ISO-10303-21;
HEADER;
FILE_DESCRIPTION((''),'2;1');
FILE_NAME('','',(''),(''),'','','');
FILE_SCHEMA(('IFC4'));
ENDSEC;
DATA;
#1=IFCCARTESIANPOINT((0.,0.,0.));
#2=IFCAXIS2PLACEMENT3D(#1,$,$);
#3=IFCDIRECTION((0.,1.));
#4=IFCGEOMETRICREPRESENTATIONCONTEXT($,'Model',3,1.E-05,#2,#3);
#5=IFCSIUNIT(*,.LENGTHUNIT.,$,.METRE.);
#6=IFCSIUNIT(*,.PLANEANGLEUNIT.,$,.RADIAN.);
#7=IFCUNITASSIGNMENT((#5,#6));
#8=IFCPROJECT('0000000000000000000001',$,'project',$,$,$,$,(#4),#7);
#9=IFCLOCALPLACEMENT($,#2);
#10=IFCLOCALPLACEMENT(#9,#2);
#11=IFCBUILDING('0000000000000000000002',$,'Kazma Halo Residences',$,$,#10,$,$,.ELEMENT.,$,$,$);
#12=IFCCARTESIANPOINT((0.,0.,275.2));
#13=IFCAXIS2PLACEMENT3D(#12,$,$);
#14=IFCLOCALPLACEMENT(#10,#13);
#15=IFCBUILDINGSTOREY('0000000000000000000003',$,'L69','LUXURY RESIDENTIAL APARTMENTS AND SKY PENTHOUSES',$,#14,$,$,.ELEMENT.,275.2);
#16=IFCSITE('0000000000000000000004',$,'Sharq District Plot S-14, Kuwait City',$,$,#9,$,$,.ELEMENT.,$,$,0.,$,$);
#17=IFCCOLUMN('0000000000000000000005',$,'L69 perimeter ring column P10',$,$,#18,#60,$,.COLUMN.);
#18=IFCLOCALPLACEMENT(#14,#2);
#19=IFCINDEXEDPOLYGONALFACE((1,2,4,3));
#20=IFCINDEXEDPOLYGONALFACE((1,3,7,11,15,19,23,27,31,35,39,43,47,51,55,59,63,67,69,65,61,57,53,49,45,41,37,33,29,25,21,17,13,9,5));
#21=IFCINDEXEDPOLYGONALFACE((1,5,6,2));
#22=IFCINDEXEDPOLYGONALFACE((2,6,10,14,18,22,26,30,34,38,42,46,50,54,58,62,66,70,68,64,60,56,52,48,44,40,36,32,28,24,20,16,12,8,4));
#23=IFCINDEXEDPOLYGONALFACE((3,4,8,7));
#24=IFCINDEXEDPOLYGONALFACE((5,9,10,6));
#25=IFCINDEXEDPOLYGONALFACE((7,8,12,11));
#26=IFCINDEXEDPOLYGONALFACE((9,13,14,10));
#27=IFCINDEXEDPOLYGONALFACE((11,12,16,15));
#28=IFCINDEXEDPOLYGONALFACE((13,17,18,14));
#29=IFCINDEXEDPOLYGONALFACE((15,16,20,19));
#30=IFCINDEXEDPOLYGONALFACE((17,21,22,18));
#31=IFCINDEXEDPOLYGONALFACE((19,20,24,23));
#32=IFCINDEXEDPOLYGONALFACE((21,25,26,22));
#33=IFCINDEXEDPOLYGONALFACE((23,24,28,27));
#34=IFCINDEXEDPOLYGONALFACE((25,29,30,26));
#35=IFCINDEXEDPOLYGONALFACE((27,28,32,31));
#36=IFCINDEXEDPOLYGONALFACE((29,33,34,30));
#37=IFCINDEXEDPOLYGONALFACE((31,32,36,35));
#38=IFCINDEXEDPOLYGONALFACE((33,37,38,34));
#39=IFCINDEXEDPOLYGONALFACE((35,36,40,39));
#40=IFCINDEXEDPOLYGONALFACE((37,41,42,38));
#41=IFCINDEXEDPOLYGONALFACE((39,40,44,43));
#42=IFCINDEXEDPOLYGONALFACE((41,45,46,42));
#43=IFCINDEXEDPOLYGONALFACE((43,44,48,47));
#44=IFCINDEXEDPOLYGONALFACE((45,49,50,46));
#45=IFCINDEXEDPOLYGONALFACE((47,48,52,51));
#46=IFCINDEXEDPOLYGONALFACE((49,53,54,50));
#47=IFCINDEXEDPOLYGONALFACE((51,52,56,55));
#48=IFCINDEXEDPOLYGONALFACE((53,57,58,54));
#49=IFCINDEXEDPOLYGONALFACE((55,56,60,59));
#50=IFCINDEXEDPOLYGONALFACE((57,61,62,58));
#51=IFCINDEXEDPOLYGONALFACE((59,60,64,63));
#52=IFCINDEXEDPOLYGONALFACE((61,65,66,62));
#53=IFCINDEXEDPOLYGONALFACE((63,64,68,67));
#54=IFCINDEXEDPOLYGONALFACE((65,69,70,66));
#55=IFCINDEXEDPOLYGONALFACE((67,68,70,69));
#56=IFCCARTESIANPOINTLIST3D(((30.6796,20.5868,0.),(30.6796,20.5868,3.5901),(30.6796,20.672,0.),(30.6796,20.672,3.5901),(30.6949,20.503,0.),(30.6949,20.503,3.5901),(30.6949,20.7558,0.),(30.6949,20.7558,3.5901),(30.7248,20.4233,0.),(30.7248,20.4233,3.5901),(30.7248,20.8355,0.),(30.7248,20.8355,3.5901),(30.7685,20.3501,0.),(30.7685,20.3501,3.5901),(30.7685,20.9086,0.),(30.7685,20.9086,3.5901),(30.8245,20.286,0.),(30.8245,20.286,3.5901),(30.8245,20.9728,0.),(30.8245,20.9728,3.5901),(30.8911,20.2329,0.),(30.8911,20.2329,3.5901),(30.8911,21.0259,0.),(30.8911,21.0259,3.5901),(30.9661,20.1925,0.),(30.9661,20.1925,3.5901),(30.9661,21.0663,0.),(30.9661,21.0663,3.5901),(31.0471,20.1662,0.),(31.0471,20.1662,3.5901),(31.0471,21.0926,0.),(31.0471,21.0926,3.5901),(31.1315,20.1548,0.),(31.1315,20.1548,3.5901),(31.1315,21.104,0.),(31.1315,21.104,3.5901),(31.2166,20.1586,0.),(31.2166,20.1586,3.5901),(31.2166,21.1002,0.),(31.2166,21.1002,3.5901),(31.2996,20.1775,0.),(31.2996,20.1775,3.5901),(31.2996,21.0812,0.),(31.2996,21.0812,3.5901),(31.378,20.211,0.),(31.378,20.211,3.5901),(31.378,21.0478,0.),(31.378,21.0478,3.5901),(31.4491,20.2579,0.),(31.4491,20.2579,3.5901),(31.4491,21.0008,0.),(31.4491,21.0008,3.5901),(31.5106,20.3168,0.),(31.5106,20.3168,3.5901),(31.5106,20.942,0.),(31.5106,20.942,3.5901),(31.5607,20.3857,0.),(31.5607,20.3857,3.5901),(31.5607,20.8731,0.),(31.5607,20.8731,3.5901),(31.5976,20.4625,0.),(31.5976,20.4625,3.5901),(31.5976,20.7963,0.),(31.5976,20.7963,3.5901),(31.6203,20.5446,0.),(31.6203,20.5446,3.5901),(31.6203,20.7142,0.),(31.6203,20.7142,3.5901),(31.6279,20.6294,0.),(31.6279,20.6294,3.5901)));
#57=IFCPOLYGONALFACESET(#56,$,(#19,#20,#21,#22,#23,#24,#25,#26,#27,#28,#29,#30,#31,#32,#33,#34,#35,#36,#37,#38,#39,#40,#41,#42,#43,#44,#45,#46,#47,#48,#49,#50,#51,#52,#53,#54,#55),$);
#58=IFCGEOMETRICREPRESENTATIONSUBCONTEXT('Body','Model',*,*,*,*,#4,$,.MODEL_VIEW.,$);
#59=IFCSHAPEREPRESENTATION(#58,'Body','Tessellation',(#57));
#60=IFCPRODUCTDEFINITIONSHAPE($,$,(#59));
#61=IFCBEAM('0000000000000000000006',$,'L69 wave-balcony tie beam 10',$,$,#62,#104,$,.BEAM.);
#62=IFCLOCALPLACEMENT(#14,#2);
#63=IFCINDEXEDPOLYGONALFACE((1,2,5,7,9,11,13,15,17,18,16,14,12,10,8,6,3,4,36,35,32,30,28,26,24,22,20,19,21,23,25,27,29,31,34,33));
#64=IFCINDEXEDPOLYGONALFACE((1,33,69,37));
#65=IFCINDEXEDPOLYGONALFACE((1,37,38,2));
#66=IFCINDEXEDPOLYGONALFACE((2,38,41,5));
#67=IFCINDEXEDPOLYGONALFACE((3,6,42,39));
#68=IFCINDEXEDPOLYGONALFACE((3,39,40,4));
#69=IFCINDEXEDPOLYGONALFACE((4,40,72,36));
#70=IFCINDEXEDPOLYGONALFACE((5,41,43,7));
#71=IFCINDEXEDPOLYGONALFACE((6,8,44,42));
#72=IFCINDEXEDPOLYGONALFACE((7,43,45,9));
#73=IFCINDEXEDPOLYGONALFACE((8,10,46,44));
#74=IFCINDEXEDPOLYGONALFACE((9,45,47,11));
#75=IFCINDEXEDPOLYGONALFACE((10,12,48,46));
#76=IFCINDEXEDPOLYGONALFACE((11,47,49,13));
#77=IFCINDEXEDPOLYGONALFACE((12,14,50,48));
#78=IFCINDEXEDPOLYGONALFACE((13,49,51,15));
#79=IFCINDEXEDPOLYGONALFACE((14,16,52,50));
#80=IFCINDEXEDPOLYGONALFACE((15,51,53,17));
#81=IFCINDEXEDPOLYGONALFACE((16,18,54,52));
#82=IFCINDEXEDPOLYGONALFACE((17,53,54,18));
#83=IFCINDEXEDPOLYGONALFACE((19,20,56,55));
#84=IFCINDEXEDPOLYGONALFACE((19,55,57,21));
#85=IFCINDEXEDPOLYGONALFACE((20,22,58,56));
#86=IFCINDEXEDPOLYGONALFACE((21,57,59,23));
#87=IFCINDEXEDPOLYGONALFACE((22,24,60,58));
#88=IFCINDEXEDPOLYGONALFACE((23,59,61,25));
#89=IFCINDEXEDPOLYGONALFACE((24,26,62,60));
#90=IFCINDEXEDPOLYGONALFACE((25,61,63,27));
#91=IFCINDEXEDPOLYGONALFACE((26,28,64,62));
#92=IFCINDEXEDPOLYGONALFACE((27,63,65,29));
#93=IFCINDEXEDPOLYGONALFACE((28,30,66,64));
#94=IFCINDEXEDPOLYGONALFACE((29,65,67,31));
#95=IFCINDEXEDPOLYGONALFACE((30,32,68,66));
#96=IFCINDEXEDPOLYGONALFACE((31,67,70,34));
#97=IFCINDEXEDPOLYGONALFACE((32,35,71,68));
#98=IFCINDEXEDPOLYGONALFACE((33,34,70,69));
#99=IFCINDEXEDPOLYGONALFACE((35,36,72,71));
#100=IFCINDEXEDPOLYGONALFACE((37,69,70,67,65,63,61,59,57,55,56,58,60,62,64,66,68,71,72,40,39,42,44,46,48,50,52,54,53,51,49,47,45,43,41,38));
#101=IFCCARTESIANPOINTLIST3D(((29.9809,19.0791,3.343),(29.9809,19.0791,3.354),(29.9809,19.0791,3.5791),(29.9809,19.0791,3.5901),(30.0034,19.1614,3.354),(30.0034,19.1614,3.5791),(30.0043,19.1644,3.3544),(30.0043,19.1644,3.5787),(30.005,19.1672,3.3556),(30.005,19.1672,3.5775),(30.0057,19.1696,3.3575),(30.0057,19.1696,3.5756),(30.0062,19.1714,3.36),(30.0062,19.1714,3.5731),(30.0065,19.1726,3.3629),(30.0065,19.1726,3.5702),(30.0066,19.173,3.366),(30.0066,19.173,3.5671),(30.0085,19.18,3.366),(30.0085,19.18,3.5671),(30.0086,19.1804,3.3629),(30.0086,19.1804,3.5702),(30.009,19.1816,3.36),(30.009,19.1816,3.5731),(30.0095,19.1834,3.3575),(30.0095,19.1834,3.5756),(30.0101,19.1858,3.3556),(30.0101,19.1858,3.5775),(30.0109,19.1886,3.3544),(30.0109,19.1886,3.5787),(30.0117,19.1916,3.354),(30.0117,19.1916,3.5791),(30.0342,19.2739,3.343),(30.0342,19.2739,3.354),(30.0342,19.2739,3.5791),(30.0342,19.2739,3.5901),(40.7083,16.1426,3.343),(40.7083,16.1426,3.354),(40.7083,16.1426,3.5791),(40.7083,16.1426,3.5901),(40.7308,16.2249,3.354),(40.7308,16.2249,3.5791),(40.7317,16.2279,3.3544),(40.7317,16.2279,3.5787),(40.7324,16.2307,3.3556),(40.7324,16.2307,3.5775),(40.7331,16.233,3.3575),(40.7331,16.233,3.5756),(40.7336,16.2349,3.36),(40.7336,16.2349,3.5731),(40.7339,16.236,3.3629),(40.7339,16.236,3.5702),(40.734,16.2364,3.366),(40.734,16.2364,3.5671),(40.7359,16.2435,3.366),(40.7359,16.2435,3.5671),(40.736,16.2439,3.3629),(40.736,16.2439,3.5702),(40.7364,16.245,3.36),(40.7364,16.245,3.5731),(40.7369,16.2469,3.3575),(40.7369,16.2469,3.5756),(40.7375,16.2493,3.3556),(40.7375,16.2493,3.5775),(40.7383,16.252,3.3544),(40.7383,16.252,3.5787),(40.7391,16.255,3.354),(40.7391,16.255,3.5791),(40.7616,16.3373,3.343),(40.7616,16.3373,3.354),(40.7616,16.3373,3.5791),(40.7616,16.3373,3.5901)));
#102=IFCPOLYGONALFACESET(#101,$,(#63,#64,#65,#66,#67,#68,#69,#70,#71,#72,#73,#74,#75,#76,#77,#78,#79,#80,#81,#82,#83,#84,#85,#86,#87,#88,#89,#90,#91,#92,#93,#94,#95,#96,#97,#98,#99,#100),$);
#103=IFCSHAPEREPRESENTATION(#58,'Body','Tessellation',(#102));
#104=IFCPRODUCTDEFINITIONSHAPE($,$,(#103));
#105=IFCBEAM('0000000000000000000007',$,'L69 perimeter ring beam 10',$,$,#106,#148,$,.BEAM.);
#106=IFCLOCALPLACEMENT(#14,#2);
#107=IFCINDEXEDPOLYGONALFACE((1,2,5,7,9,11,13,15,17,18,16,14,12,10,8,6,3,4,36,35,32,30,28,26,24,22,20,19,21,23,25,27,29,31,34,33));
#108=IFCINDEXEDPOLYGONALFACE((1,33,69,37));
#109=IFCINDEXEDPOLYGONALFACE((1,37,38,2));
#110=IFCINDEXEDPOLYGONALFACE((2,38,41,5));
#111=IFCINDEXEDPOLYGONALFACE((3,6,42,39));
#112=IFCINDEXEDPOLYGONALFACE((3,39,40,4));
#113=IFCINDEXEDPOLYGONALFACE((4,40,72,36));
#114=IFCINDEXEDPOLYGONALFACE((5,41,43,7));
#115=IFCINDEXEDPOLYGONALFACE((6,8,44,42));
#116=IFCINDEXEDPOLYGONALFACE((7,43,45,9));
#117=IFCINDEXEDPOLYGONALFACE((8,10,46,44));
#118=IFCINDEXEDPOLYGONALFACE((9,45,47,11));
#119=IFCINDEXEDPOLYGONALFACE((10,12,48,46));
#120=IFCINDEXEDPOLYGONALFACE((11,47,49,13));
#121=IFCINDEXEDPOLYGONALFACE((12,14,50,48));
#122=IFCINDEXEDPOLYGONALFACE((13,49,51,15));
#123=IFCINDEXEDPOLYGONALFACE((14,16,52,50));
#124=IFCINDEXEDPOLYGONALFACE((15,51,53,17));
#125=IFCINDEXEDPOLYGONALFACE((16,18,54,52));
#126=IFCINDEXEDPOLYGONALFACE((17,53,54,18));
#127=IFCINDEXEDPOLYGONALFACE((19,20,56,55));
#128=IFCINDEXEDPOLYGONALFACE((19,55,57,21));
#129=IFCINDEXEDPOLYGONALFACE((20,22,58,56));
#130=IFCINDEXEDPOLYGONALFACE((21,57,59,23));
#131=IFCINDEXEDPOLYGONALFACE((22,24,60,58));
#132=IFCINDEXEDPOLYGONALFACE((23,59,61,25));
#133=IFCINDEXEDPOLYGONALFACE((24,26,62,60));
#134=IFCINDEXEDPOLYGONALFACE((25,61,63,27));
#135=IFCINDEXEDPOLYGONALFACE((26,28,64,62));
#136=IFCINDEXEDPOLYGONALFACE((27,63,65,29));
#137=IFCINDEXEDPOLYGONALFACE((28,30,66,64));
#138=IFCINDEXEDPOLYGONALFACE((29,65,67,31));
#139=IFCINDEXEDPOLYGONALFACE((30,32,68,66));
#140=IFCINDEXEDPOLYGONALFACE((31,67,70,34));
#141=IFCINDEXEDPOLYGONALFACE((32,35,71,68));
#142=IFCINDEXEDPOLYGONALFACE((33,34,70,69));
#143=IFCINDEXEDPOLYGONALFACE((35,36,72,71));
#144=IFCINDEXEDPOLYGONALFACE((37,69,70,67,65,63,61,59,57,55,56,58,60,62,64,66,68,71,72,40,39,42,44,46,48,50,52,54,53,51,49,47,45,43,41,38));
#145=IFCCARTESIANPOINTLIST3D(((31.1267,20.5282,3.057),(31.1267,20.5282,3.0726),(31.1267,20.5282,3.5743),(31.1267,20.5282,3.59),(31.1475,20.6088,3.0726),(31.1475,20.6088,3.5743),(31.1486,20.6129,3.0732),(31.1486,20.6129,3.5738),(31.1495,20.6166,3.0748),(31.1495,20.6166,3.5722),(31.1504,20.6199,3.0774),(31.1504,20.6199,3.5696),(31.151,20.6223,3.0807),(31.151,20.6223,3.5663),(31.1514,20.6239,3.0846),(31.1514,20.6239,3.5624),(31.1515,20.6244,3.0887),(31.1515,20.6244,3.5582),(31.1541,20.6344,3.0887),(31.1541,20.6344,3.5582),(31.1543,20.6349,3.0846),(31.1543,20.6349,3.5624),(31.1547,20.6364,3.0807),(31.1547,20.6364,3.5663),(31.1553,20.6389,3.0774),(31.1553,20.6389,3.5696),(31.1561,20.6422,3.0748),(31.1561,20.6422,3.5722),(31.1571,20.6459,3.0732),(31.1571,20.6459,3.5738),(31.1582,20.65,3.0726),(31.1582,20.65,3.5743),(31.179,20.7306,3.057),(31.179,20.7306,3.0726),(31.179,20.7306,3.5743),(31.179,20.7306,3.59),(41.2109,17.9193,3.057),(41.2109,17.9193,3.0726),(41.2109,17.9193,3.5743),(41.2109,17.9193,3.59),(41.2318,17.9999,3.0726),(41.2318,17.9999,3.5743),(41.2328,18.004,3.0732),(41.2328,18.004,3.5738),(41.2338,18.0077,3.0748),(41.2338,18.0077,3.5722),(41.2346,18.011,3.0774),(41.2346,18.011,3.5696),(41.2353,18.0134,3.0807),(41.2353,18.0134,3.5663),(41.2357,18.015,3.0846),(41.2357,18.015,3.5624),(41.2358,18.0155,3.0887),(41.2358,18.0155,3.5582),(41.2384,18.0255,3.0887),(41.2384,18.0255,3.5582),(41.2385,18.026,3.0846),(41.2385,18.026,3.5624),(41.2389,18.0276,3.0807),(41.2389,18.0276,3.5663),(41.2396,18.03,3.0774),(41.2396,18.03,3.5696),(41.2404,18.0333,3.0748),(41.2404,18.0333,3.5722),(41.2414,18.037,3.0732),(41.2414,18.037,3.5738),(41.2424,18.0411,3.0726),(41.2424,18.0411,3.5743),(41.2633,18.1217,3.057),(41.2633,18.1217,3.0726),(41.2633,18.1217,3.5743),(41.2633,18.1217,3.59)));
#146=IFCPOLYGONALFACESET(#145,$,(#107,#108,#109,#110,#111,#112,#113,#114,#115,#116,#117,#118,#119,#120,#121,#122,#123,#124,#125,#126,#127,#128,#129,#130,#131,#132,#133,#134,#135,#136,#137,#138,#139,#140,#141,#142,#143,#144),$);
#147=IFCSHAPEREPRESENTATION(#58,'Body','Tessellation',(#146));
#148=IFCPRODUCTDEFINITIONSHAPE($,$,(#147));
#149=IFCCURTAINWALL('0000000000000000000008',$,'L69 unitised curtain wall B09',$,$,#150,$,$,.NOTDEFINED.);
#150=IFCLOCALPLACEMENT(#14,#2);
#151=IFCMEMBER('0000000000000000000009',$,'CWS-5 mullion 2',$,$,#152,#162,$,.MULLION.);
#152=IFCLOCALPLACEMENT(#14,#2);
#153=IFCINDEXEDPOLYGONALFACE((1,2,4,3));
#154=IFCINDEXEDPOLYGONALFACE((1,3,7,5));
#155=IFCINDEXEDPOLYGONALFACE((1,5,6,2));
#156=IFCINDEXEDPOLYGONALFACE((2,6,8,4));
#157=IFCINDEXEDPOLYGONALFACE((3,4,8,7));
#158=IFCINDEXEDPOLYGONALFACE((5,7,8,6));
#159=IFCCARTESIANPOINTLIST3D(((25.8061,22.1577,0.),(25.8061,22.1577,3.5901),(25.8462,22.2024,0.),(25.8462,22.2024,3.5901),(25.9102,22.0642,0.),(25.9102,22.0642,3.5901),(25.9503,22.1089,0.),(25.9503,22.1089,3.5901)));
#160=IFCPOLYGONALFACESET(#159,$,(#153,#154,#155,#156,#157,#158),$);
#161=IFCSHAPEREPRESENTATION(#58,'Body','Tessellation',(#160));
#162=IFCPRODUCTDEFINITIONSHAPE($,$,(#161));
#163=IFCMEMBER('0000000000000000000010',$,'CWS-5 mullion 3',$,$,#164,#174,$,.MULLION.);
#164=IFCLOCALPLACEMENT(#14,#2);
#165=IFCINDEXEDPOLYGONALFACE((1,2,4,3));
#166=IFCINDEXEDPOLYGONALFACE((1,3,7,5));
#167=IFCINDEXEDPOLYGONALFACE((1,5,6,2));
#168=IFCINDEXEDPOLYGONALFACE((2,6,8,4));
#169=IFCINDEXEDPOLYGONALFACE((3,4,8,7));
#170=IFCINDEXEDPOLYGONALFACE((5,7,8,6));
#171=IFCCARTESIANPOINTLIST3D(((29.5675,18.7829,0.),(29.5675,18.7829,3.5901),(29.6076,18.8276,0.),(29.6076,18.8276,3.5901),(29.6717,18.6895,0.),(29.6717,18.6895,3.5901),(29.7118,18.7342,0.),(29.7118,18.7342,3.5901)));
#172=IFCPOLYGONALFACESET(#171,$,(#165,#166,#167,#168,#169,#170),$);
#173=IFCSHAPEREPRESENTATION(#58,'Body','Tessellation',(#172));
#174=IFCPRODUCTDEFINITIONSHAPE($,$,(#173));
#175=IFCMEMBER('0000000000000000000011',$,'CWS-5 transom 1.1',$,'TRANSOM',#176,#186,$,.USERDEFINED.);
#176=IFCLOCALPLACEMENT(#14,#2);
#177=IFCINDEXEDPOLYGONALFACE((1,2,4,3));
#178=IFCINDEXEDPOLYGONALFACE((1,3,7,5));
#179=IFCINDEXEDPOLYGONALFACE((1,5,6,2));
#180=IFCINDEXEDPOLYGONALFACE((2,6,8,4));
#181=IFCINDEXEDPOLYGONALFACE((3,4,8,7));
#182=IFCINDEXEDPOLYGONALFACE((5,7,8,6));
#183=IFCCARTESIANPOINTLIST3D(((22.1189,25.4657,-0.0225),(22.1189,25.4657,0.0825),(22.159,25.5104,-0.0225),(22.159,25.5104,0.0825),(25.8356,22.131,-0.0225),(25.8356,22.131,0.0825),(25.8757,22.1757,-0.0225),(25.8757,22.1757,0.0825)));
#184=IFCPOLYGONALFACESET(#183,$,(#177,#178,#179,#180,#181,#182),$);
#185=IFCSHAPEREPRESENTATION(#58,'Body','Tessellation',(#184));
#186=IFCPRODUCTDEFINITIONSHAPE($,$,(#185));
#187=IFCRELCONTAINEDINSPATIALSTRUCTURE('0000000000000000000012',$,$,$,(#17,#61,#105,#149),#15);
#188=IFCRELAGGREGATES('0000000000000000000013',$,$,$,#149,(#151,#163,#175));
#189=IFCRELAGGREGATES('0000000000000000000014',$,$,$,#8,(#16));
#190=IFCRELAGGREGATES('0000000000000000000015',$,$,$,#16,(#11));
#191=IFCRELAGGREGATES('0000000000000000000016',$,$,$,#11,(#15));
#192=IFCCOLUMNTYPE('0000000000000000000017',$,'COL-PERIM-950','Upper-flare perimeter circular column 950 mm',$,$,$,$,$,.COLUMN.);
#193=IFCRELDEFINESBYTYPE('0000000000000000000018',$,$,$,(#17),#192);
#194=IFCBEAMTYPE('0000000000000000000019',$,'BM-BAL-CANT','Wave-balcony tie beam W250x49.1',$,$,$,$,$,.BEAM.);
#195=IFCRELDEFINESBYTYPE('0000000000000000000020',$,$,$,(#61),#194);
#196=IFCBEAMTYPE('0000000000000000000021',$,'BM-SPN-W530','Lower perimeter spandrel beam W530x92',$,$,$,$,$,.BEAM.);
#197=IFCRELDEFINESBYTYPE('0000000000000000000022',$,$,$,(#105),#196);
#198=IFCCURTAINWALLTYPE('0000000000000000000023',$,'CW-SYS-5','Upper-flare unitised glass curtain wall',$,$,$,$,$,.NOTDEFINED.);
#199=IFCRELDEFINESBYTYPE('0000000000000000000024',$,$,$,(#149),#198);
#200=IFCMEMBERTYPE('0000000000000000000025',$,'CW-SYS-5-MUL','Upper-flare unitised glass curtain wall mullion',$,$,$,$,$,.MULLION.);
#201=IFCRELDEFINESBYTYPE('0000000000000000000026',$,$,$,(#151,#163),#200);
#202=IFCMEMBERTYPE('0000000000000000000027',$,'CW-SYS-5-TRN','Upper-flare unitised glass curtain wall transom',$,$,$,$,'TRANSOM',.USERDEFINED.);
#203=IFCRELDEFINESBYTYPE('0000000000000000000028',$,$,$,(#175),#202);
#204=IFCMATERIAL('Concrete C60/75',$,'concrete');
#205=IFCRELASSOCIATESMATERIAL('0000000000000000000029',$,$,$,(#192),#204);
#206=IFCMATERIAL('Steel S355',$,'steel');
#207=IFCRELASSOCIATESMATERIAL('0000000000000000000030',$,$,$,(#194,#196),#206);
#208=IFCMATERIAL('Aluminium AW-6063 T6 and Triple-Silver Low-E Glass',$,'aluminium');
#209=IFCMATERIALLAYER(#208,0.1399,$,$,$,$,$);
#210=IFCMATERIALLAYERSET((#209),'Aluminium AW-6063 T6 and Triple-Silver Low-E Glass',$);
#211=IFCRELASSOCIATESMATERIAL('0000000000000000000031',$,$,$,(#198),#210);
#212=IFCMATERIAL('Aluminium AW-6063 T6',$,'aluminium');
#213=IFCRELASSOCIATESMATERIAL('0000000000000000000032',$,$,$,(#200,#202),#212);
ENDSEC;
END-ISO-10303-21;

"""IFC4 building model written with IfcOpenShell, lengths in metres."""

from ifc_helpers import new_model, si_unit, direction, frame, origin, origin_2d, place, context, subcontext, project, spatial, rectangle, circle, i_section, extrude, material, layer, layer_set, material_profile, profile_set, type_object, element, aggregate, save


model = new_model("IFC4")

# Units and contexts
model_context = context("Model", 3, precision=1e-05, world=origin(), true_north=direction((0.0, 1.0)))
body_context = subcontext(model_context, "Body", "Model", "MODEL_VIEW")
ifc_project = project(units=[si_unit("LENGTHUNIT", "METRE"), si_unit("PLANEANGLEUNIT", "RADIAN")], contexts=[model_context])

# Site, building, storey
site_placement = place(None, origin())
site = spatial("IfcSite", under=ifc_project, at=site_placement, Name="Sharq District Plot S-14, Kuwait City", CompositionType="ELEMENT", RefElevation=0.0)
building_placement = place(site_placement, origin())
building = spatial("IfcBuilding", under=site, at=building_placement, Name="Kazma Halo Residences", CompositionType="ELEMENT")
storey_placement = place(building_placement, frame((0.0, 0.0, 275.2)))
storey = spatial("IfcBuildingStorey", under=building, at=storey_placement, Name="L69", Description="LUXURY RESIDENTIAL APARTMENTS AND SKY PENTHOUSES", CompositionType="ELEMENT", Elevation=275.2)

# Column
ifc_material_1 = material(Name="Concrete C60/75", Category="concrete")
ifc_material_profile_1 = material_profile(ifc_material_1, circle(Radius=0.4751, at=origin_2d()), Name="CIRC950")
ifc_profile_set_1 = profile_set([ifc_material_profile_1], Name="Concrete C60/75")
column_type = type_object("IfcColumnType", Name="COL-PERIM-950", Description="Upper-flare perimeter circular column 950 mm", PredefinedType="COLUMN", material=ifc_profile_set_1)
column_placement = place(storey_placement, frame((31.1528, 20.6294, 0.0), z_axis=(0.0, 0.0, 1.0), x_axis=(1.0, 0.0, 0.0)))
element("IfcColumn", 1, at=column_placement, inside=storey, type_object=column_type, Name="L69 perimeter ring column P10", PredefinedType="COLUMN", context=body_context, shape_type="SweptSolid", body=[
    extrude(circle(Radius=0.4751, at=origin_2d()), origin(), (0.0, 0.0, 1.0), 3.5901),
])

# Beams
ifc_material_2 = material(Name="Steel S355", Category="steel")
ifc_material_profile_2 = material_profile(ifc_material_2, i_section(OverallWidth=0.2019, OverallDepth=0.2471, WebThickness=0.0073, FlangeThickness=0.011, FilletRadius=0.012, at=origin_2d()), Name="W250x49.1")
ifc_profile_set_2 = profile_set([ifc_material_profile_2], Name="Steel S355")
beam_type_1 = type_object("IfcBeamType", Name="BM-BAL-CANT", Description="Wave-balcony tie beam W250x49.1", PredefinedType="BEAM", material=ifc_profile_set_2)
beam_1_placement = place(storey_placement, frame((30.0076, 19.1765, 3.4666), z_axis=(0.964515, -0.264029, 0.0), x_axis=(0.264029, 0.964515, 0.0)))
element("IfcBeam", 2, at=beam_1_placement, inside=storey, type_object=beam_type_1, Name="L69 wave-balcony tie beam 10", PredefinedType="BEAM", context=body_context, shape_type="SweptSolid", body=[
    extrude(i_section(OverallWidth=0.2019, OverallDepth=0.2471, WebThickness=0.0073, FlangeThickness=0.011, FilletRadius=0.012, at=origin_2d()), origin(), (0.0, 0.0, 1.0), 11.1221),
])
ifc_material_profile_3 = material_profile(ifc_material_2, i_section(OverallWidth=0.209, OverallDepth=0.533, WebThickness=0.0103, FlangeThickness=0.0156, FilletRadius=0.0161, at=origin_2d()), Name="W530x92")
ifc_profile_set_3 = profile_set([ifc_material_profile_3], Name="Steel S355")
beam_type_2 = type_object("IfcBeamType", Name="BM-SPN-W530", Description="Lower perimeter spandrel beam W530x92", PredefinedType="BEAM", material=ifc_profile_set_3)
beam_2_placement = place(storey_placement, frame((31.1528, 20.6294, 3.3235), z_axis=(0.968126, -0.250464, 0.0), x_axis=(0.250464, 0.968126, 0.0)))
element("IfcBeam", 3, at=beam_2_placement, inside=storey, type_object=beam_type_2, Name="L69 perimeter ring beam 10", PredefinedType="BEAM", context=body_context, shape_type="SweptSolid", body=[
    extrude(i_section(OverallWidth=0.209, OverallDepth=0.533, WebThickness=0.0103, FlangeThickness=0.0156, FilletRadius=0.0161, at=origin_2d()), origin(), (0.0, 0.0, 1.0), 10.4163),
])

# Curtain wall, members
ifc_material_3 = material(Name="Aluminium AW-6063 T6 and Triple-Silver Low-E Glass", Category="aluminium")
ifc_layer_1 = layer(ifc_material_3, 0.1399)
ifc_layer_set_1 = layer_set([ifc_layer_1], Name="Aluminium AW-6063 T6 and Triple-Silver Low-E Glass")
curtain_wall_type = type_object("IfcCurtainWallType", Name="CW-SYS-5", Description="Upper-flare unitised glass curtain wall", PredefinedType="NOTDEFINED", material=ifc_layer_set_1)
curtain_wall_placement = place(storey_placement, origin())
curtain_wall = element("IfcCurtainWall", 4, at=curtain_wall_placement, inside=storey, type_object=curtain_wall_type, Name="L69 unitised curtain wall B09", PredefinedType="NOTDEFINED")
ifc_material_4 = material(Name="Aluminium AW-6063 T6", Category="aluminium")
ifc_material_profile_4 = material_profile(ifc_material_4, rectangle(XDim=0.0601, YDim=0.1399, at=origin_2d()), Name="CWM-60x140")
ifc_profile_set_4 = profile_set([ifc_material_profile_4], Name="Aluminium AW-6063 T6")
member_type_1 = type_object("IfcMemberType", Name="CW-SYS-5-MUL", Description="Upper-flare unitised glass curtain wall mullion", PredefinedType="MULLION", material=ifc_profile_set_4)
member_1_placement = place(storey_placement, frame((25.8782, 22.1333, 0.0), z_axis=(0.0, 0.0, 1.0), x_axis=(0.667805, 0.744336, 0.0)))
member_1 = element("IfcMember", 5, at=member_1_placement, type_object=member_type_1, Name="CWS-5 mullion 2", PredefinedType="MULLION", context=body_context, shape_type="SweptSolid", body=[
    extrude(rectangle(XDim=0.0601, YDim=0.1399, at=origin_2d()), origin(), (0.0, 0.0, 1.0), 3.5901),
])
member_2_placement = place(storey_placement, frame((29.6396, 18.7585, 0.0), z_axis=(0.0, 0.0, 1.0), x_axis=(0.667805, 0.744336, 0.0)))
member_2 = element("IfcMember", 6, at=member_2_placement, type_object=member_type_1, Name="CWS-5 mullion 3", PredefinedType="MULLION", context=body_context, shape_type="SweptSolid", body=[
    extrude(rectangle(XDim=0.0601, YDim=0.1399, at=origin_2d()), origin(), (0.0, 0.0, 1.0), 3.5901),
])
ifc_material_profile_5 = material_profile(ifc_material_4, rectangle(XDim=0.0601, YDim=0.105, at=origin_2d()), Name="CWT-60x105")
ifc_profile_set_5 = profile_set([ifc_material_profile_5], Name="Aluminium AW-6063 T6")
member_type_2 = type_object("IfcMemberType", Name="CW-SYS-5-TRN", Description="Upper-flare unitised glass curtain wall transom", ElementType="TRANSOM", PredefinedType="USERDEFINED", material=ifc_profile_set_5)
member_3_placement = place(storey_placement, frame((22.1389, 25.488, 0.03), z_axis=(0.744329, -0.667813, 0.0), x_axis=(0.667813, 0.744329, 0.0)))
member_3 = element("IfcMember", 7, at=member_3_placement, type_object=member_type_2, Name="CWS-5 transom 1.1", ObjectType="TRANSOM", PredefinedType="USERDEFINED", context=body_context, shape_type="SweptSolid", body=[
    extrude(rectangle(XDim=0.0601, YDim=0.105, at=origin_2d()), origin(), (0.0, 0.0, 1.0), 4.9934),
])
aggregate(curtain_wall, [member_1, member_2, member_3])

save(model, "model.ifc")
